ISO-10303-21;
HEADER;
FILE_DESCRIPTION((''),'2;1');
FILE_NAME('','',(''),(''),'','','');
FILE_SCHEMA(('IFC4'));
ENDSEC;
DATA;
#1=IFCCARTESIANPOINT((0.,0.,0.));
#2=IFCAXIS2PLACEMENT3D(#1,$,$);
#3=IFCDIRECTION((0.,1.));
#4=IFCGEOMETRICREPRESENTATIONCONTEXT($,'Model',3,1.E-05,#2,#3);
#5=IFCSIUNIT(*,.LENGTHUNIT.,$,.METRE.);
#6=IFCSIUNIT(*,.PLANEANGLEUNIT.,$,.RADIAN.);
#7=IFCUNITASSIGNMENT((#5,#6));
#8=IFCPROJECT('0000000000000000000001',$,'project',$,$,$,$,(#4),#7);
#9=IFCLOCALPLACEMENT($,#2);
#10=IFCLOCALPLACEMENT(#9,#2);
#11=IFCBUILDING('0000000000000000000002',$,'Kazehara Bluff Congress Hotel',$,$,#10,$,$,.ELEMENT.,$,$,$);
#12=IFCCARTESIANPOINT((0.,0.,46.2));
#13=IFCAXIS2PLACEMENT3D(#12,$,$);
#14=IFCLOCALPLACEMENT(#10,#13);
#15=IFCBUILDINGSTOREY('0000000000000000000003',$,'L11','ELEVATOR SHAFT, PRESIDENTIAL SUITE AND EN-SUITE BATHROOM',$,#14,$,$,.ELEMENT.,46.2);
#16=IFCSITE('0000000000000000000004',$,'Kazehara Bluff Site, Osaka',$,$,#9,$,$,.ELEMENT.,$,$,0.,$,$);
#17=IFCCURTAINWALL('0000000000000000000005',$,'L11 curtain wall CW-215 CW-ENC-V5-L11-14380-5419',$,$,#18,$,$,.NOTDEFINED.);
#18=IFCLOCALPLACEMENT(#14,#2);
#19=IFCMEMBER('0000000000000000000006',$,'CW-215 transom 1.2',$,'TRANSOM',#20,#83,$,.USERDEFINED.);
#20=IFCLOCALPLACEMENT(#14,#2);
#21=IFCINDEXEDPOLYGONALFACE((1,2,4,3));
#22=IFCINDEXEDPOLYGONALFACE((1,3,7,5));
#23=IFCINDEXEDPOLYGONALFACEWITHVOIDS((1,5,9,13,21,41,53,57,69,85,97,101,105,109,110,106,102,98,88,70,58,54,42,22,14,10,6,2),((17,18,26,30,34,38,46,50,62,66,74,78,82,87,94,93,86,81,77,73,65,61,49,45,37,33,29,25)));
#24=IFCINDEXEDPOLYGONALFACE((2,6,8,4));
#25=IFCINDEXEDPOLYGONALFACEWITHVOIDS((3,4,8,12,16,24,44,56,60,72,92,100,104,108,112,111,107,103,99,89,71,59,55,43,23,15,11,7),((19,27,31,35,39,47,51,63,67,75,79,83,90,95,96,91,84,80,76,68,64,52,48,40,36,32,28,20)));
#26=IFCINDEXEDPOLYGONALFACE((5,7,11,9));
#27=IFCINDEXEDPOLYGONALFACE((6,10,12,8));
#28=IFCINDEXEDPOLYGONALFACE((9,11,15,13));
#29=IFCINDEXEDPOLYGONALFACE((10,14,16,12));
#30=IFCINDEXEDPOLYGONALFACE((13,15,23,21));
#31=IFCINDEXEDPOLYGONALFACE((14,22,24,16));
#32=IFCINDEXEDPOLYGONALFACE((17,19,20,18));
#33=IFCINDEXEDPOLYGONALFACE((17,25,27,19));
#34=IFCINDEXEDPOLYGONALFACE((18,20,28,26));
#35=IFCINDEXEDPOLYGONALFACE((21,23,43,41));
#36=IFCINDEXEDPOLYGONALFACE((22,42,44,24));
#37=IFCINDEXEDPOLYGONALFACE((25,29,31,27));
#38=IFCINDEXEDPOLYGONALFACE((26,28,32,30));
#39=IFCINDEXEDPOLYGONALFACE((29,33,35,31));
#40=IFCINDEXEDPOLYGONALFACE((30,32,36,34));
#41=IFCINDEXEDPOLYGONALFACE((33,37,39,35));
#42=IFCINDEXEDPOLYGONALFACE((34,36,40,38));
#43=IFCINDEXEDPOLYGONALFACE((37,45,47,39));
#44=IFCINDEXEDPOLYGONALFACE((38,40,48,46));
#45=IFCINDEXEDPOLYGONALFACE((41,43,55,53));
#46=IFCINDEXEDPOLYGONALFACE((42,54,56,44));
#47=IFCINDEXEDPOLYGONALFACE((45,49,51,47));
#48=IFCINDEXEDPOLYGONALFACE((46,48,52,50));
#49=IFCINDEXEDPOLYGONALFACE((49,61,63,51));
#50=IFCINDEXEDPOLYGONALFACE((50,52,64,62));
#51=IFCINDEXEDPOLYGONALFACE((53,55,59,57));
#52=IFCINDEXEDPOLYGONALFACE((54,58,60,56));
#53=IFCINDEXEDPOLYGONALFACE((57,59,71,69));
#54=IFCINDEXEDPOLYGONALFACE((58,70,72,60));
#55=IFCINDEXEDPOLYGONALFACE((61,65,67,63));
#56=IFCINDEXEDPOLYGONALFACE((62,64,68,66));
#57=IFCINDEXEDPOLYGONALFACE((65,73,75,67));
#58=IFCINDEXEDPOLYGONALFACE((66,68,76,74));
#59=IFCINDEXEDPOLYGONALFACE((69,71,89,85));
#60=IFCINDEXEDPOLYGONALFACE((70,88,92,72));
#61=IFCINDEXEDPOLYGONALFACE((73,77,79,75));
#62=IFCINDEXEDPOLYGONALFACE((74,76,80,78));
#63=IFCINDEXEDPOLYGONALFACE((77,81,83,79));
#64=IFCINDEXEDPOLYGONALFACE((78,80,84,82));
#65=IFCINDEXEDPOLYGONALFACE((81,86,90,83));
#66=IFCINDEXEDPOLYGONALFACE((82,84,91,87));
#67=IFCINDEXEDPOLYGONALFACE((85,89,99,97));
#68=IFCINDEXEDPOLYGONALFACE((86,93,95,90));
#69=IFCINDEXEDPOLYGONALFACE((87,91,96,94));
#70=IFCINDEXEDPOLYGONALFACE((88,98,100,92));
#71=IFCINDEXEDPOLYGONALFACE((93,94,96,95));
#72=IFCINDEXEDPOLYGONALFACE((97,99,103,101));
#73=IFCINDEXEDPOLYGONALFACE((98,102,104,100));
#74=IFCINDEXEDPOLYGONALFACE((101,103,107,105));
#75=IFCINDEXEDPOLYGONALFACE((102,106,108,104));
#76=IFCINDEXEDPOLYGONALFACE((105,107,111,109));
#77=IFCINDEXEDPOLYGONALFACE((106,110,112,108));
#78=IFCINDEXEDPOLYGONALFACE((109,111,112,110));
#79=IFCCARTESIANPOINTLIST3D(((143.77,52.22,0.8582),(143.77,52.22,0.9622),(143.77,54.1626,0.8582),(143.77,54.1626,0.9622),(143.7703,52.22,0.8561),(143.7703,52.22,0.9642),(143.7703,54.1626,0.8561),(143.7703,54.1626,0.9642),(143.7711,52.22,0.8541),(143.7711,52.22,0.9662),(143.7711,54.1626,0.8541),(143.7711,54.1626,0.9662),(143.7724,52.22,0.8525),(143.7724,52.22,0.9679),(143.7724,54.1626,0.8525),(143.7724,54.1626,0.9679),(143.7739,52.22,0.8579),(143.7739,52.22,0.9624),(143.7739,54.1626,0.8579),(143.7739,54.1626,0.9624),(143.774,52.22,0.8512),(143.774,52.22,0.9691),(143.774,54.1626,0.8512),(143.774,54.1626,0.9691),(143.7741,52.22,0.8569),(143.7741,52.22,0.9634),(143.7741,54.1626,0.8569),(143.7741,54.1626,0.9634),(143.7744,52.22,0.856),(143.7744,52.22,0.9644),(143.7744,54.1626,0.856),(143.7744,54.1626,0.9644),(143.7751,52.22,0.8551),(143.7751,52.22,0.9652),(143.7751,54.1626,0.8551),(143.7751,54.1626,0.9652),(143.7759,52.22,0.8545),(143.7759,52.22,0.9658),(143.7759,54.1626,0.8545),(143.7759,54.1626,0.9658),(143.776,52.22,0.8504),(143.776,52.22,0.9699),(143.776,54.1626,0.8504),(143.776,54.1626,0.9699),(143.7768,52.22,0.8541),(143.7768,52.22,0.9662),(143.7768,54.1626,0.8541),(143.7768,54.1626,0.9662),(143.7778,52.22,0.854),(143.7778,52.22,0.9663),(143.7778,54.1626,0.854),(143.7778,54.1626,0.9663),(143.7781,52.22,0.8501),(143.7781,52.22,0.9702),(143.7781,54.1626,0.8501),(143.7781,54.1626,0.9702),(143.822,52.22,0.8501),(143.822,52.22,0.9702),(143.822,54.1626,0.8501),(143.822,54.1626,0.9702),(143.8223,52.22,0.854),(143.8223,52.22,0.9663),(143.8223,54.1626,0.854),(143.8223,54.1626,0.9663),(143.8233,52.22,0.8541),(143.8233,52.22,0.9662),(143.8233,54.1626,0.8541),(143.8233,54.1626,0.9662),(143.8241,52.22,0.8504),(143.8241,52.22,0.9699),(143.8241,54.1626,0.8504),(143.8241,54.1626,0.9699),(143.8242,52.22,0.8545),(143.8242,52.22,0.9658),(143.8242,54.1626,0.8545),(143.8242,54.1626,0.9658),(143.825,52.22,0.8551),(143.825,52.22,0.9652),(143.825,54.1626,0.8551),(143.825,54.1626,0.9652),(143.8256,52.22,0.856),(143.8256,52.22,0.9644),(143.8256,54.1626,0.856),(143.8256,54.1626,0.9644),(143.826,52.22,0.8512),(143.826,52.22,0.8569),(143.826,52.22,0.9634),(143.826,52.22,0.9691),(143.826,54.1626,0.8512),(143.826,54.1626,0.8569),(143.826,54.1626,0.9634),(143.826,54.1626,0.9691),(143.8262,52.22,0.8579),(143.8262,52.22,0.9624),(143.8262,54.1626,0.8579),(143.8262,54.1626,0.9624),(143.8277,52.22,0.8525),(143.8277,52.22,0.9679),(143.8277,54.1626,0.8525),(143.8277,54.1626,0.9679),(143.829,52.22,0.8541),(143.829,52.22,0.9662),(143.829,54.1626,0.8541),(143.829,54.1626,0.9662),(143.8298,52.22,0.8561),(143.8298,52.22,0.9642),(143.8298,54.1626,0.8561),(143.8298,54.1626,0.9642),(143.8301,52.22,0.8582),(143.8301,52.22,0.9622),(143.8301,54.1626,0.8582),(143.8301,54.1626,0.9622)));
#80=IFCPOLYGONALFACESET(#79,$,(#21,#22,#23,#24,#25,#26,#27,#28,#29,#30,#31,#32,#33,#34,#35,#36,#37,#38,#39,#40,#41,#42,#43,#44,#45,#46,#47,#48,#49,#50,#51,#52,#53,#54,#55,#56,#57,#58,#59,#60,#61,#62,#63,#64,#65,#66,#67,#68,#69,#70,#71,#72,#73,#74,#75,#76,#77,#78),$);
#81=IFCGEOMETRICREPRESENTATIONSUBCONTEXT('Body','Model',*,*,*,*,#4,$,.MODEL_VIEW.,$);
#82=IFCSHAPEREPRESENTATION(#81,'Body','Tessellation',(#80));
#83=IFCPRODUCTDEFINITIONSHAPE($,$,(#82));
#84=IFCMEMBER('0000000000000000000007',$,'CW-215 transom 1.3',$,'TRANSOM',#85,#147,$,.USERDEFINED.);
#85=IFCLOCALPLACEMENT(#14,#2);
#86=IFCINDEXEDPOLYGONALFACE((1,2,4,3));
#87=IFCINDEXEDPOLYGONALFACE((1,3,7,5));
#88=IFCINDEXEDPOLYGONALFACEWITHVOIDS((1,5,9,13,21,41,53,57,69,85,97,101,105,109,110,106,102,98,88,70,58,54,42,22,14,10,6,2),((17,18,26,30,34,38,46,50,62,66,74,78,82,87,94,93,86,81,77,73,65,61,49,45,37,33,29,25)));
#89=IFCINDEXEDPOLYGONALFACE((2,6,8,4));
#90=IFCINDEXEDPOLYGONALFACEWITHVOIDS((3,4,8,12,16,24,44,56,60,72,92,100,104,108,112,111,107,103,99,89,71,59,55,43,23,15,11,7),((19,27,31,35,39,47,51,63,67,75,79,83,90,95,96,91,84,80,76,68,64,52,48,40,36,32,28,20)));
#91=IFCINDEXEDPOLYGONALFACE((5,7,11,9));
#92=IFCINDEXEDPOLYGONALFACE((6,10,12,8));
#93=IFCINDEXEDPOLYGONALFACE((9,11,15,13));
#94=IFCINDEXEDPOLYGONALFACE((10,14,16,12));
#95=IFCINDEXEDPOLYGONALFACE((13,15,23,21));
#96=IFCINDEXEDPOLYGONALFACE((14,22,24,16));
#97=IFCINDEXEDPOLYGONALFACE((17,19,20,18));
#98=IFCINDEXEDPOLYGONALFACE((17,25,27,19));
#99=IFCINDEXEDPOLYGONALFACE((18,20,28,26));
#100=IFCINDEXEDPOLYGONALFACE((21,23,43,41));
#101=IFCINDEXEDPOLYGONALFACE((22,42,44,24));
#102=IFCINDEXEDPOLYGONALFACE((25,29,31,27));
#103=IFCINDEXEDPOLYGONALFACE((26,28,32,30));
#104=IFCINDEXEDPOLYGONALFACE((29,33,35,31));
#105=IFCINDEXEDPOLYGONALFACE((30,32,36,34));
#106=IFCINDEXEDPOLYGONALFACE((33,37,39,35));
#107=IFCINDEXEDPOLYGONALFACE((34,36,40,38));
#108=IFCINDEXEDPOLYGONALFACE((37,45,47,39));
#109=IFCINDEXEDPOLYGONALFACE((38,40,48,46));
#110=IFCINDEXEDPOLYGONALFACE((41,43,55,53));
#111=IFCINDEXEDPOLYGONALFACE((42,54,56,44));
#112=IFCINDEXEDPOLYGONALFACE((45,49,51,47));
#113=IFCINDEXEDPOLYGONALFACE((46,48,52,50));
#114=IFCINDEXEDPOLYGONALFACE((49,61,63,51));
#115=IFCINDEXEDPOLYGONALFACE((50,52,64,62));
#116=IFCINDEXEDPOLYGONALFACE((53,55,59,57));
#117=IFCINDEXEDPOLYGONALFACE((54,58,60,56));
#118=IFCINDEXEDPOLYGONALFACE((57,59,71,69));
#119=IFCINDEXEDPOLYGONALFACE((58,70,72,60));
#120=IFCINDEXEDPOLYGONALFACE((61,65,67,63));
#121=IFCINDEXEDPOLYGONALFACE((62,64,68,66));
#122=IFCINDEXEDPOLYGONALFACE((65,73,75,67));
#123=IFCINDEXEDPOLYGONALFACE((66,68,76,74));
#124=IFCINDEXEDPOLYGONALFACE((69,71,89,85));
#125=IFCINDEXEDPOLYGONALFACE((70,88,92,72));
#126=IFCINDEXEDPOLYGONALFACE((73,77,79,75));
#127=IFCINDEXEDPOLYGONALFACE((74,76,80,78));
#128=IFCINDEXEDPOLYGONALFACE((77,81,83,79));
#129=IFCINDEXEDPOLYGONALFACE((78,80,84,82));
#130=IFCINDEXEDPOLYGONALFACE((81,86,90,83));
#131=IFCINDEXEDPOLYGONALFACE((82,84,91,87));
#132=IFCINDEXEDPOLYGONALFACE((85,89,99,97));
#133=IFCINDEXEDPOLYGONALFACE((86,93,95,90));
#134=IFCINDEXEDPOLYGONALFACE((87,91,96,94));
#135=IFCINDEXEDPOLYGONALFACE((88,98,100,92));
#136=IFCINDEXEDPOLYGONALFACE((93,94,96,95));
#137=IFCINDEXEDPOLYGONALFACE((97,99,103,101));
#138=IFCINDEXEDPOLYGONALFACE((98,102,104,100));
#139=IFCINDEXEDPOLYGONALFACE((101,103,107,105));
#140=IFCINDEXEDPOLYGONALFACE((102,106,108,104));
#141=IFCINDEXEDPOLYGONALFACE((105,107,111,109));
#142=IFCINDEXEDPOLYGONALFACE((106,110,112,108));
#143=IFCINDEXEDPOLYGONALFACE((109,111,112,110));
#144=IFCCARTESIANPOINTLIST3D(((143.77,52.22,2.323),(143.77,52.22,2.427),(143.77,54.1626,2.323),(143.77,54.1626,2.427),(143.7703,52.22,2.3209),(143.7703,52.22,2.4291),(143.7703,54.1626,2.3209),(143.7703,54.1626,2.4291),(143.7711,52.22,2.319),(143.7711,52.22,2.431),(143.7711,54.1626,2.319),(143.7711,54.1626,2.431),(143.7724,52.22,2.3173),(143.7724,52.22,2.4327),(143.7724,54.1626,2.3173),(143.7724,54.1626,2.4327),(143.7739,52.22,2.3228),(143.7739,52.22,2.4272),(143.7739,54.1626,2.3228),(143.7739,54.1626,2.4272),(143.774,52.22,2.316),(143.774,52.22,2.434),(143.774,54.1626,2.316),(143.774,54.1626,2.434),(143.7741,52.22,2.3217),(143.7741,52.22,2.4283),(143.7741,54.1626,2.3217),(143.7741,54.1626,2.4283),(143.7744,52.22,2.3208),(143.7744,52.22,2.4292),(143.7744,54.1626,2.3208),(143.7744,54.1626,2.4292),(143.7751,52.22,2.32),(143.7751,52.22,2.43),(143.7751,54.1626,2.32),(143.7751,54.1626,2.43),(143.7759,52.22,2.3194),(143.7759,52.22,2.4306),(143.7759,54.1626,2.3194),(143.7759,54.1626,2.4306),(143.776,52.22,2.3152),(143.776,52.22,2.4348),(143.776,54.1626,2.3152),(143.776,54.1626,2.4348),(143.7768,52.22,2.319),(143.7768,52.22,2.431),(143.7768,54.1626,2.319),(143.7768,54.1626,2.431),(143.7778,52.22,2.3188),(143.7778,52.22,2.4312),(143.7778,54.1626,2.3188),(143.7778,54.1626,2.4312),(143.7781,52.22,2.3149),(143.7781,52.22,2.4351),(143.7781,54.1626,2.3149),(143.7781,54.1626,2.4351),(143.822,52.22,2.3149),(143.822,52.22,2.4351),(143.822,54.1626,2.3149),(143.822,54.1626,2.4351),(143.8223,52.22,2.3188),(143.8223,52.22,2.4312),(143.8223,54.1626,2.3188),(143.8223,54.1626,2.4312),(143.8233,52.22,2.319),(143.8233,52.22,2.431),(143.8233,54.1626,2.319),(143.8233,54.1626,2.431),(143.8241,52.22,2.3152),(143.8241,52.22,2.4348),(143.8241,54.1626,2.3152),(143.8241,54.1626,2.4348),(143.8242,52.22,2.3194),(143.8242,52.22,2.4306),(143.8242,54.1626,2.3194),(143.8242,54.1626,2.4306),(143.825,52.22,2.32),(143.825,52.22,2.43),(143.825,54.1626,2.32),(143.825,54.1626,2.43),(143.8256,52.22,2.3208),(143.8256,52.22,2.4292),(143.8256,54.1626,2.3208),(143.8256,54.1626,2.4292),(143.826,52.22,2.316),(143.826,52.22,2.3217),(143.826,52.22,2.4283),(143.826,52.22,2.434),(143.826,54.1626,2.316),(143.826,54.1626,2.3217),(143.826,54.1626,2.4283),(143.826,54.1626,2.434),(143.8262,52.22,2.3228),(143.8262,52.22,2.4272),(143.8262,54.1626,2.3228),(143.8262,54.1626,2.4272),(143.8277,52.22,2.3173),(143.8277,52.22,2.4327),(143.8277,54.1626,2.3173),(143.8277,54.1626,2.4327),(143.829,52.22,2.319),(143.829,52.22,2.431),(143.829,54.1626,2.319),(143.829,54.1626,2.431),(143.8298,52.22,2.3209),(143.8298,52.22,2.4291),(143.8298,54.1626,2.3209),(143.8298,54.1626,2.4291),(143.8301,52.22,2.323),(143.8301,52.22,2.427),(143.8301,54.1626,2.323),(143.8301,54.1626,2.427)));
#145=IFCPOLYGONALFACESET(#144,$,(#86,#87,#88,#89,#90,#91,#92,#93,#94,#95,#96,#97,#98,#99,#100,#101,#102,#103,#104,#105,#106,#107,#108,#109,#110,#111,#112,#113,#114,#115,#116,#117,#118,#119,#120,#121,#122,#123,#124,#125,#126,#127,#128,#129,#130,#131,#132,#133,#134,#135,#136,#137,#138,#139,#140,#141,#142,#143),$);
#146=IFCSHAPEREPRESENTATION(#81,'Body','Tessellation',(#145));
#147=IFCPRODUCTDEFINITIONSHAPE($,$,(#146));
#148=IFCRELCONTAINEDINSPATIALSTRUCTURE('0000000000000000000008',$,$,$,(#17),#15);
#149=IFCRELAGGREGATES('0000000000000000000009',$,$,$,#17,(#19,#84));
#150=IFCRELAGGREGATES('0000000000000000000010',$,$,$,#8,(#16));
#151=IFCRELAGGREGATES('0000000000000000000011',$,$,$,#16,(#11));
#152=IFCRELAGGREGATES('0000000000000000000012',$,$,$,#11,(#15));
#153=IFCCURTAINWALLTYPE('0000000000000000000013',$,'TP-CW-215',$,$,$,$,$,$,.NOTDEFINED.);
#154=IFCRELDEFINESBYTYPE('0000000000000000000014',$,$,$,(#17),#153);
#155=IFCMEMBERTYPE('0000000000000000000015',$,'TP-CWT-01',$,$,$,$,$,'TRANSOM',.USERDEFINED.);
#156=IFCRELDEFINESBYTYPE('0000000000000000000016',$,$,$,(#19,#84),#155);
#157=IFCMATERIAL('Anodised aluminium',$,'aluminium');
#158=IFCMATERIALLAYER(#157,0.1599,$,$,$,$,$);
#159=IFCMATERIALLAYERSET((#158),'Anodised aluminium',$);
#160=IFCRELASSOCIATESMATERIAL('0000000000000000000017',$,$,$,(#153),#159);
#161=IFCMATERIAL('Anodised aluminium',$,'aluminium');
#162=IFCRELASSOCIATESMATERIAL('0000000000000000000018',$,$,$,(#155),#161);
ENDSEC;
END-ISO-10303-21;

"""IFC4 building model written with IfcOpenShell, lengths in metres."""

from ifc_helpers import new_model, si_unit, direction, frame, origin, origin_2d, place, context, subcontext, project, spatial, hollow_rectangle, extrude, material, layer, layer_set, material_profile, profile_set, type_object, element, aggregate, save


model = new_model("IFC4")

# Units and contexts
model_context = context("Model", 3, precision=1e-05, world=origin(), true_north=direction((0.0, 1.0)))
body_context = subcontext(model_context, "Body", "Model", "MODEL_VIEW")
ifc_project = project(units=[si_unit("LENGTHUNIT", "METRE"), si_unit("PLANEANGLEUNIT", "RADIAN")], contexts=[model_context])

# Site, building, storey
site_placement = place(None, origin())
site = spatial("IfcSite", under=ifc_project, at=site_placement, Name="Kazehara Bluff Site, Osaka", CompositionType="ELEMENT", RefElevation=0.0)
building_placement = place(site_placement, origin())
building = spatial("IfcBuilding", under=site, at=building_placement, Name="Kazehara Bluff Congress Hotel", CompositionType="ELEMENT")
storey_placement = place(building_placement, frame((0.0, 0.0, 46.2)))
storey = spatial("IfcBuildingStorey", under=building, at=storey_placement, Name="L11", Description="ELEVATOR SHAFT, PRESIDENTIAL SUITE AND EN-SUITE BATHROOM", CompositionType="ELEMENT", Elevation=46.2)

# Curtain wall
ifc_material_1 = material(Name="Anodised aluminium", Category="aluminium")
ifc_layer_1 = layer(ifc_material_1, 0.1599)
ifc_layer_set_1 = layer_set([ifc_layer_1], Name="Anodised aluminium")
curtain_wall_type_1 = type_object("IfcCurtainWallType", Name="TP-CW-215", PredefinedType="NOTDEFINED", material=ifc_layer_set_1)
curtain_wall_1_placement = place(storey_placement, origin())
curtain_wall_1 = element("IfcCurtainWall", 1, at=curtain_wall_1_placement, inside=storey, type_object=curtain_wall_type_1, Name="L11 curtain wall CW-215 CW-ENC-V5-L11-14380-5419", PredefinedType="NOTDEFINED")

# Members
ifc_material_2 = material(Name="Anodised aluminium", Category="aluminium")
ifc_material_profile_1 = material_profile(ifc_material_2, hollow_rectangle(XDim=0.0601, YDim=0.1201, WallThickness=0.0039, InnerFilletRadius=0.0039, OuterFilletRadius=0.0081, at=origin_2d()))
ifc_profile_set_1 = profile_set([ifc_material_profile_1], Name="Anodised aluminium")
member_type_1 = type_object("IfcMemberType", Name="TP-CWT-01", ElementType="TRANSOM", PredefinedType="USERDEFINED", material=ifc_profile_set_1)
member_1_placement = place(storey_placement, frame((143.8, 52.22, 0.9102), z_axis=(0.0, 1.0, 0.0), x_axis=(-1.0, 0.0, 0.0)))
member_1 = element("IfcMember", 2, at=member_1_placement, type_object=member_type_1, Name="CW-215 transom 1.2", ObjectType="TRANSOM", PredefinedType="USERDEFINED", context=body_context, shape_type="SweptSolid", body=[
    extrude(hollow_rectangle(XDim=0.0601, YDim=0.1201, WallThickness=0.0039, InnerFilletRadius=0.0039, OuterFilletRadius=0.0081, at=origin_2d()), origin(), (0.0, 0.0, 1.0), 1.9426),
])
member_2_placement = place(storey_placement, frame((143.8, 52.22, 2.375), z_axis=(0.0, 1.0, 0.0), x_axis=(-1.0, 0.0, 0.0)))
member_2 = element("IfcMember", 3, at=member_2_placement, type_object=member_type_1, Name="CW-215 transom 1.3", ObjectType="TRANSOM", PredefinedType="USERDEFINED", context=body_context, shape_type="SweptSolid", body=[
    extrude(hollow_rectangle(XDim=0.0601, YDim=0.1201, WallThickness=0.0039, InnerFilletRadius=0.0039, OuterFilletRadius=0.0081, at=origin_2d()), origin(), (0.0, 0.0, 1.0), 1.9426),
])

aggregate(curtain_wall_1, [member_1, member_2])

save(model, "model.ifc")
